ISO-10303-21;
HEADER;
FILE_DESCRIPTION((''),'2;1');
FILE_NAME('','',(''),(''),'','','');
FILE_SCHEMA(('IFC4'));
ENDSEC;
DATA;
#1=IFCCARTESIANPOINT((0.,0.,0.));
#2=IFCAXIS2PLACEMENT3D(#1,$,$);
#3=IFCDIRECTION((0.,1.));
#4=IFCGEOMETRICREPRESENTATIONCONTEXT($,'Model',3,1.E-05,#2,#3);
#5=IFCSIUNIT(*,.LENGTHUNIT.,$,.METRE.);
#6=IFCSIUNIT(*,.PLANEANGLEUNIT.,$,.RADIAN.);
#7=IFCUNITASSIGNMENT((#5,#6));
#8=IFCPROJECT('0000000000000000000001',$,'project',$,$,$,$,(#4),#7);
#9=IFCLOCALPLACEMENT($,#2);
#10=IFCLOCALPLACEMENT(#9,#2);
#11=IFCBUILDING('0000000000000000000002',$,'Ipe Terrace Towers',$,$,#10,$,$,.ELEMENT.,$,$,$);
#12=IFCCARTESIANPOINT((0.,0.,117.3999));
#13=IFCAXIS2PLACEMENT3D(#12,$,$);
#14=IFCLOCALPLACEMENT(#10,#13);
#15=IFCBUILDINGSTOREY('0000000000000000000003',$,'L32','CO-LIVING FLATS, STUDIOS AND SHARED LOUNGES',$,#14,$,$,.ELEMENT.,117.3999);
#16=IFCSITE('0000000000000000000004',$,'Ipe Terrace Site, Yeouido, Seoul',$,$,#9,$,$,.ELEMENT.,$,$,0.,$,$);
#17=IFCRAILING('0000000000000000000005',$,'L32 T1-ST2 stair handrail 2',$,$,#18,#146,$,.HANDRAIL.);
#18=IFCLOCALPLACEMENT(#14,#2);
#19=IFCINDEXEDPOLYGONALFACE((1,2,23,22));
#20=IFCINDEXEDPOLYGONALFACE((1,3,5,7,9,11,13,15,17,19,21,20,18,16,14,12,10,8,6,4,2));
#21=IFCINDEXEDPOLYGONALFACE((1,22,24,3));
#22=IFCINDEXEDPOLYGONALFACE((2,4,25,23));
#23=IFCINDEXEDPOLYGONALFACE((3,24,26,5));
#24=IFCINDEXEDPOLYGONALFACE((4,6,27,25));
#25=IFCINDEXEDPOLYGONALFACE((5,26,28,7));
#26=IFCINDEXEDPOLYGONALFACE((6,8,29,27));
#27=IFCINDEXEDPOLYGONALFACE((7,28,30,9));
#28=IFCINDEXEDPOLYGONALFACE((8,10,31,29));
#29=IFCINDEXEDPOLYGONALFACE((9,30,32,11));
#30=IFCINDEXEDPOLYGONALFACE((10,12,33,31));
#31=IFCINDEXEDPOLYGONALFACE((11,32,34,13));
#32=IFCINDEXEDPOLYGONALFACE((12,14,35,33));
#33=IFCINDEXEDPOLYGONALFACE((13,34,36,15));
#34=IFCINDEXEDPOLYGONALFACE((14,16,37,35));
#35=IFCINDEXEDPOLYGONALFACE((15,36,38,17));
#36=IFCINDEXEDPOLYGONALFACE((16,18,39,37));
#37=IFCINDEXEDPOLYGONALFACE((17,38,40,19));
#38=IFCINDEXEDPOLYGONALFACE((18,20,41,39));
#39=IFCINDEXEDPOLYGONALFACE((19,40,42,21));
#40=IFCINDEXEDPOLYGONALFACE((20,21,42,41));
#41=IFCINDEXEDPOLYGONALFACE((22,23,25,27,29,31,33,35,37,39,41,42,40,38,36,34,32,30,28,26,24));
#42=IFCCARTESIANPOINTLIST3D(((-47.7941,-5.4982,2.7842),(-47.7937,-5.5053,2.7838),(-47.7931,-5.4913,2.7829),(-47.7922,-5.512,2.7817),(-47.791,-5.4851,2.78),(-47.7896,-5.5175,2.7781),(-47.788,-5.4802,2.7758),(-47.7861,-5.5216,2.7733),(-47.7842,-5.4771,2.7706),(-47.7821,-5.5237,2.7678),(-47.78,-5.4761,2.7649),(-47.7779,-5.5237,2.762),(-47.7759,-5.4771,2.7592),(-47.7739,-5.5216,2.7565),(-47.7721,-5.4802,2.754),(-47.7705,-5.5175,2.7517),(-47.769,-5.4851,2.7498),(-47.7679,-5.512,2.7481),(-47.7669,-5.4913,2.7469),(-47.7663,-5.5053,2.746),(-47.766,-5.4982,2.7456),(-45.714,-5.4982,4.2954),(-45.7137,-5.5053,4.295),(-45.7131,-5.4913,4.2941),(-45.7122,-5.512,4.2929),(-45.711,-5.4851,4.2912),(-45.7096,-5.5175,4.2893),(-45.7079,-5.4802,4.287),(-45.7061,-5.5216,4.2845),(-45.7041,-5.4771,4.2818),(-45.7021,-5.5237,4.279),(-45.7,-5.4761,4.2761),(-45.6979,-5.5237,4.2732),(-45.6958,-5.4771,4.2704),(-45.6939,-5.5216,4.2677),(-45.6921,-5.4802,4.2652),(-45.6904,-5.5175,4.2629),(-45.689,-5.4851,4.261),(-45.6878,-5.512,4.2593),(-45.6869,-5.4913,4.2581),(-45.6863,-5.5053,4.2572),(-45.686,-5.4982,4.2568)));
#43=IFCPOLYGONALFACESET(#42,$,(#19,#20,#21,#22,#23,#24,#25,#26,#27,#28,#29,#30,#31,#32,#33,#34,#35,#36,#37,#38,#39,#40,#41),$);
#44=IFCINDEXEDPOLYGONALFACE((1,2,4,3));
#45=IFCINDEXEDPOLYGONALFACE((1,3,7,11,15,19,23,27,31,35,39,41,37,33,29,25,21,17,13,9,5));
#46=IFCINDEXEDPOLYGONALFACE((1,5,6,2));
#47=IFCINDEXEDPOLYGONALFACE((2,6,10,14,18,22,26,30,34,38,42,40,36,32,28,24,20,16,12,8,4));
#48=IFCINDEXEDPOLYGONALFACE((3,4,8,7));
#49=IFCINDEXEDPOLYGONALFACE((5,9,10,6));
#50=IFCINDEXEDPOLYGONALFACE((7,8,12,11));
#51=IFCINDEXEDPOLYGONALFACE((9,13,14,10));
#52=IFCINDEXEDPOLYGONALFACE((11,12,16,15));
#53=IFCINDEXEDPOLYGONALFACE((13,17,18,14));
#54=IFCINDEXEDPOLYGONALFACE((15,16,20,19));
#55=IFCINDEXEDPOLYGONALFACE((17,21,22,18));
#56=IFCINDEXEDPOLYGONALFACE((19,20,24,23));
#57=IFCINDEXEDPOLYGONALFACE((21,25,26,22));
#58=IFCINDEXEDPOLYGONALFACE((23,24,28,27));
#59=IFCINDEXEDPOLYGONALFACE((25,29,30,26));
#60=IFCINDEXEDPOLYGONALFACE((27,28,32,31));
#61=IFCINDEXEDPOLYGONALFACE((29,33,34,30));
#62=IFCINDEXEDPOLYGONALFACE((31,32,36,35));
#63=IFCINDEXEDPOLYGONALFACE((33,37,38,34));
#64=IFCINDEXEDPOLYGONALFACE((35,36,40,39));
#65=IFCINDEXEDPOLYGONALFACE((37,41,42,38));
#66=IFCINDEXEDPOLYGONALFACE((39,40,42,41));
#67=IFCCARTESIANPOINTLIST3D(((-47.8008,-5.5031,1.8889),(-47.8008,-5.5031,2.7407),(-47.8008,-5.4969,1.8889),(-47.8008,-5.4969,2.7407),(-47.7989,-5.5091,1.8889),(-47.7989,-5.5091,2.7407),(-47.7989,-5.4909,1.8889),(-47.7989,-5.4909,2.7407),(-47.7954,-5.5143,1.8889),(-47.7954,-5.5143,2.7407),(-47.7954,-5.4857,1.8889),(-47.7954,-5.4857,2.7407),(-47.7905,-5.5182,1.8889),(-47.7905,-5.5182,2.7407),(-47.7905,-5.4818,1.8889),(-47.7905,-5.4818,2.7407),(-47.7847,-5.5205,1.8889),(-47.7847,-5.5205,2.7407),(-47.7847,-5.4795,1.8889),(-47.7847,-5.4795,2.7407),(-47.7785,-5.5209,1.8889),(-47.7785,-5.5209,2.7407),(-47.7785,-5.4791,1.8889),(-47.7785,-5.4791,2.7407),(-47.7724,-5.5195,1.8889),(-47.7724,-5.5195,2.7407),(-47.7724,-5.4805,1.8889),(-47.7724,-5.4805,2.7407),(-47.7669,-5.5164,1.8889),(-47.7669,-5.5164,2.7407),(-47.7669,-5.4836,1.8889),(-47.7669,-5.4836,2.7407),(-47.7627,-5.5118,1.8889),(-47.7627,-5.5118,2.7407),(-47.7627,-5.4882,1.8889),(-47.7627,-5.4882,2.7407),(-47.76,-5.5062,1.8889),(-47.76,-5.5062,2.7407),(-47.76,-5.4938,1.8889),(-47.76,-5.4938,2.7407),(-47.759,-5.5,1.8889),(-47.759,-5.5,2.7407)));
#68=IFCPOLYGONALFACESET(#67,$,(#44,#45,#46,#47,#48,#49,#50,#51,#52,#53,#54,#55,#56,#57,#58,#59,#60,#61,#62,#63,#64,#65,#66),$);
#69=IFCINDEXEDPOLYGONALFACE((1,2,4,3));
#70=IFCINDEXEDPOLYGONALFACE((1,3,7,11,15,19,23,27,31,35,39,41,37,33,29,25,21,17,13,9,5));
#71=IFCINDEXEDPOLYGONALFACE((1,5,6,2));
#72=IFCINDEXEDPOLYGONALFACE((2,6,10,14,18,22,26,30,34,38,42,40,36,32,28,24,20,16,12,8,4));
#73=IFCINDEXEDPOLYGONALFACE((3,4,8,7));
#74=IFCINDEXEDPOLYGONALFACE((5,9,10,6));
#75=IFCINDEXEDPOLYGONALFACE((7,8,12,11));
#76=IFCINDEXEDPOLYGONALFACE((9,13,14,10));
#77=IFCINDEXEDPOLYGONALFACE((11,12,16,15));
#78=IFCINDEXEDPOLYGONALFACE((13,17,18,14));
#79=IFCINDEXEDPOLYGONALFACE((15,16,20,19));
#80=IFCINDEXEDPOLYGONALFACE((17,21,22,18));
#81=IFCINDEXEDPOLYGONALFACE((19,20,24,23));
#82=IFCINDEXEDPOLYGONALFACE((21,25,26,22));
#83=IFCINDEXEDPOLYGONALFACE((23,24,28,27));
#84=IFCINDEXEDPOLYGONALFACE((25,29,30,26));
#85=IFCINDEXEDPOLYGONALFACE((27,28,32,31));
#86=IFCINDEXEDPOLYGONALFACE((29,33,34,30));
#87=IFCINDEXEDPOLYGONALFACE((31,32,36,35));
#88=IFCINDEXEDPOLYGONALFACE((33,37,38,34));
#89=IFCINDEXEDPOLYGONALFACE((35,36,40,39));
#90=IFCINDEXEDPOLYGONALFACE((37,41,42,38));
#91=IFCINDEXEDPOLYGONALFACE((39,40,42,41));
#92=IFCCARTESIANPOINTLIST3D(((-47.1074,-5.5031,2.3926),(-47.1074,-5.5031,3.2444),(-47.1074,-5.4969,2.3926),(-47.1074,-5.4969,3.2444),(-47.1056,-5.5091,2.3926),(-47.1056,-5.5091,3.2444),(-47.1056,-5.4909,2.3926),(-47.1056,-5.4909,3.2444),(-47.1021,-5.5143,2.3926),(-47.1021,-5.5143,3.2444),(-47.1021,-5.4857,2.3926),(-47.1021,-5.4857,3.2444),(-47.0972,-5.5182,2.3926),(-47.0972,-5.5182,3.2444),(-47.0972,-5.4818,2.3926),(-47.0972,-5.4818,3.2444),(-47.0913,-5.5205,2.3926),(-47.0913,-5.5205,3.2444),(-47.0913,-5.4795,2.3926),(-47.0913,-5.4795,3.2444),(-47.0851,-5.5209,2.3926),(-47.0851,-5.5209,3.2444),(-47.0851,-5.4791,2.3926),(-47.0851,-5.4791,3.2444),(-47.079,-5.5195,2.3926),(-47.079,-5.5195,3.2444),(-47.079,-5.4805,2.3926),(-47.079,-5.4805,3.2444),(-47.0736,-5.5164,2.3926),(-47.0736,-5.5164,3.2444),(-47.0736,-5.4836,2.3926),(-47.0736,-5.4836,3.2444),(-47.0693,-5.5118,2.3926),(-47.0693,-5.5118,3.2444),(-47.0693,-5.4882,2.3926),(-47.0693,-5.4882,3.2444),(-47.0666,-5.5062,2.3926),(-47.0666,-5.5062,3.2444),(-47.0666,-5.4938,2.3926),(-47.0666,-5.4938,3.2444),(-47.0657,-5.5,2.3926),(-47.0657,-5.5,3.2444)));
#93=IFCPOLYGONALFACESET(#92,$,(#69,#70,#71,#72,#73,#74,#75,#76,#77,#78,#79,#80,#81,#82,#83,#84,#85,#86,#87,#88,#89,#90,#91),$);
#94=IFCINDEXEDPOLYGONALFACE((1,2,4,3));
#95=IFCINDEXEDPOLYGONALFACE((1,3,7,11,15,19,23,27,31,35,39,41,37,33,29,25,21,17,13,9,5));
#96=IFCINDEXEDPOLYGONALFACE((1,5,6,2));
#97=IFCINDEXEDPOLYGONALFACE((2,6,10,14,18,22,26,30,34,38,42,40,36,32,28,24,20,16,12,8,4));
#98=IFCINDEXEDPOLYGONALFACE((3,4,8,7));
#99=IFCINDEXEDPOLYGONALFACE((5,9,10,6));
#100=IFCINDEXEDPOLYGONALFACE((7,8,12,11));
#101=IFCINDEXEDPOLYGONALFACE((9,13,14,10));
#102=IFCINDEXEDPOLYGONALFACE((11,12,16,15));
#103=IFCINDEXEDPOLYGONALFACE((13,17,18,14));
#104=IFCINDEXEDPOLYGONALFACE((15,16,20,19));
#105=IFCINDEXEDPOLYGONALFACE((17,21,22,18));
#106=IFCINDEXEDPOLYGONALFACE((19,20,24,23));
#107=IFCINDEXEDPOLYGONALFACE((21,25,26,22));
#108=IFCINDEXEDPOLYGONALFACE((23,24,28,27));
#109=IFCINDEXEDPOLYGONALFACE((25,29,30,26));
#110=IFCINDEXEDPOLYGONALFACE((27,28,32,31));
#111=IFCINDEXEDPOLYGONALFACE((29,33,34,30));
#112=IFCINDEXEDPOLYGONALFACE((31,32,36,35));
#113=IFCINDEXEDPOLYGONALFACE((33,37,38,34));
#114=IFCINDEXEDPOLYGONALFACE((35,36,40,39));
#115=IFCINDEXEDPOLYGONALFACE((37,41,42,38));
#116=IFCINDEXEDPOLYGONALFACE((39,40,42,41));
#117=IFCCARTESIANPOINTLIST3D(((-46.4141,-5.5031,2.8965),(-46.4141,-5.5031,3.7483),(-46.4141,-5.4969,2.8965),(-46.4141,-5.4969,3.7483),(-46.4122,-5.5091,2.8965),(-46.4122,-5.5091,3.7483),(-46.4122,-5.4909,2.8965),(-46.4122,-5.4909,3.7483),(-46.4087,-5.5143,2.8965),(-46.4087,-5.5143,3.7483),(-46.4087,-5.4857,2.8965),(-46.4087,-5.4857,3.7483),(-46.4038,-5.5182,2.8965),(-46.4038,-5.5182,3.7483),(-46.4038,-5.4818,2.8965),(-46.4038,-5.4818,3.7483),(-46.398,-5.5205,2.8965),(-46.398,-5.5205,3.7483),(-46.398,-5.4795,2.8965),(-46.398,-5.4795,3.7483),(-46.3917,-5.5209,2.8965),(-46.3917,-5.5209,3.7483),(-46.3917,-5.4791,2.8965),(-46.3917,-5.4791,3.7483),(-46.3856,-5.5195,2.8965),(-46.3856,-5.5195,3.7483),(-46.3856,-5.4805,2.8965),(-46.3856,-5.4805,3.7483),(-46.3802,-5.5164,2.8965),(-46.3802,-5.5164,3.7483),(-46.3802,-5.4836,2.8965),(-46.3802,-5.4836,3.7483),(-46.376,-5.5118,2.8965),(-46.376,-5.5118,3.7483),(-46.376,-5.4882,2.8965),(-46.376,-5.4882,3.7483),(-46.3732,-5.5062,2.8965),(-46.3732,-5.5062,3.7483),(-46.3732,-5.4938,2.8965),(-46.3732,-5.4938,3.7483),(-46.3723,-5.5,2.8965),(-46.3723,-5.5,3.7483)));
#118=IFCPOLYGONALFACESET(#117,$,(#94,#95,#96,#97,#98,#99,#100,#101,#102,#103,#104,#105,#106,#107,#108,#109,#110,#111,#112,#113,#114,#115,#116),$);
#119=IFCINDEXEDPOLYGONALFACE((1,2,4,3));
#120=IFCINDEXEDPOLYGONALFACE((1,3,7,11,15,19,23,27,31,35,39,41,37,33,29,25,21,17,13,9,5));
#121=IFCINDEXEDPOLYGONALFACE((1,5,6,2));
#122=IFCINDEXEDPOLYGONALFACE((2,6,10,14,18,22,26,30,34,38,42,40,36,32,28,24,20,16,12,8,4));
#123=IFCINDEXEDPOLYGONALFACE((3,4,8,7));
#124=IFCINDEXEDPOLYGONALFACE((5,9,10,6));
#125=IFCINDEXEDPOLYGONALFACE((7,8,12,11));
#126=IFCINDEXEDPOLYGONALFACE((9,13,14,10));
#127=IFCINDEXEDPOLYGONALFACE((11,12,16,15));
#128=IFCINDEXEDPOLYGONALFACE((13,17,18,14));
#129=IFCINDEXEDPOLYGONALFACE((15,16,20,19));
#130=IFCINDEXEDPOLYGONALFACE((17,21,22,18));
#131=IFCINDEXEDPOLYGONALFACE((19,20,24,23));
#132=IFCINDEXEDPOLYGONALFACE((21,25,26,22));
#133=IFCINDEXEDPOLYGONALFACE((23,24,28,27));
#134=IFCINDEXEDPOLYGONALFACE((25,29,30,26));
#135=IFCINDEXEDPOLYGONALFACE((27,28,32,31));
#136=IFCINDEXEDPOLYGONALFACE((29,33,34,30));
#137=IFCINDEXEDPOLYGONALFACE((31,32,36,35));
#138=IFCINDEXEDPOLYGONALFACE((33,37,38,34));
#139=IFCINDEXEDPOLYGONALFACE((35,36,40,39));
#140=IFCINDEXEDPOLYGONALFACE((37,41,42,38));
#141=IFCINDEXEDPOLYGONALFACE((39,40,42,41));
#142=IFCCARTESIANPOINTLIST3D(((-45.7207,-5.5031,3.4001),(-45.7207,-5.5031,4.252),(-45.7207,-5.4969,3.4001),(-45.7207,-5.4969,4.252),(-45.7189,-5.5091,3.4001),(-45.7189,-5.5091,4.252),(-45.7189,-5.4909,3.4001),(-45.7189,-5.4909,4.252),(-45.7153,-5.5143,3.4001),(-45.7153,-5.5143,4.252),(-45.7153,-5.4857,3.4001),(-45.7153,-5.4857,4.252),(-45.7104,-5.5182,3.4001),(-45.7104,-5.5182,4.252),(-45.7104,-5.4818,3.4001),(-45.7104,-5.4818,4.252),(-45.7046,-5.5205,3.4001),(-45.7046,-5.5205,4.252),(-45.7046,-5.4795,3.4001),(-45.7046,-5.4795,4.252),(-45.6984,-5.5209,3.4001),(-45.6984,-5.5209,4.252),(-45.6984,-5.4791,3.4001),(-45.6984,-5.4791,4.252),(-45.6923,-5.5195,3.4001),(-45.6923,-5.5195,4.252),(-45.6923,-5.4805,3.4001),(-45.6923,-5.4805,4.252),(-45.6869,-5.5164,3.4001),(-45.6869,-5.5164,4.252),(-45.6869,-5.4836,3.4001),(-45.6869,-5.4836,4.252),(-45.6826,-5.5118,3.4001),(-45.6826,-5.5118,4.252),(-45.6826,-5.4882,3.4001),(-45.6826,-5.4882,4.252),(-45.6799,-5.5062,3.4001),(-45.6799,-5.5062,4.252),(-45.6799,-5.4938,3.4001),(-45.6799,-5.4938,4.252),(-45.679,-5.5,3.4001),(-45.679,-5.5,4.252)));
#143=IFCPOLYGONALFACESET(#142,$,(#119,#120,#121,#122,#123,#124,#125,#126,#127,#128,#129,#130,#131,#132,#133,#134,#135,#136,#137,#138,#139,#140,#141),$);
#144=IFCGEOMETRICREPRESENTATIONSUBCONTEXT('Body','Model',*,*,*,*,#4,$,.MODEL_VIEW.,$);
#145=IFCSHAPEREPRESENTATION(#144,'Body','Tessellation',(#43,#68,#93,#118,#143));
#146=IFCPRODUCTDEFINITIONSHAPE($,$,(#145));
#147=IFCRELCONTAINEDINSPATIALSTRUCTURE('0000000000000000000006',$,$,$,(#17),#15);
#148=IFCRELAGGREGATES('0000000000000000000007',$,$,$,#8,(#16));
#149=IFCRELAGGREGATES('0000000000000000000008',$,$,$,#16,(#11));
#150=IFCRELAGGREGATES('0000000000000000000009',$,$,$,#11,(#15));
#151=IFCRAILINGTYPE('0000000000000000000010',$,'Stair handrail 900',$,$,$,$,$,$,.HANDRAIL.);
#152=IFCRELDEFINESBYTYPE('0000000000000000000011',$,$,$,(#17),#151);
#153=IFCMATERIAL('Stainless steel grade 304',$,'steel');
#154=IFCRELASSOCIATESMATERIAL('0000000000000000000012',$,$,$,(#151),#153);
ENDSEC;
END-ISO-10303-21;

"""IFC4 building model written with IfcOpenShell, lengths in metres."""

from ifc_helpers import new_model, si_unit, direction, frame, origin, origin_2d, place, context, subcontext, project, spatial, circle, extrude, material, type_object, element, save


model = new_model("IFC4")

# Units and contexts
model_context = context("Model", 3, precision=1e-05, world=origin(), true_north=direction((0.0, 1.0)))
body_context = subcontext(model_context, "Body", "Model", "MODEL_VIEW")
ifc_project = project(units=[si_unit("LENGTHUNIT", "METRE"), si_unit("PLANEANGLEUNIT", "RADIAN")], contexts=[model_context])

# Site, building, storey
site_placement = place(None, origin())
site = spatial("IfcSite", under=ifc_project, at=site_placement, Name="Ipe Terrace Site, Yeouido, Seoul", CompositionType="ELEMENT", RefElevation=0.0)
building_placement = place(site_placement, origin())
building = spatial("IfcBuilding", under=site, at=building_placement, Name="Ipe Terrace Towers", CompositionType="ELEMENT")
storey_placement = place(building_placement, frame((0.0, 0.0, 117.3999)))
storey = spatial("IfcBuildingStorey", under=building, at=storey_placement, Name="L32", Description="CO-LIVING FLATS, STUDIOS AND SHARED LOUNGES", CompositionType="ELEMENT", Elevation=117.3999)

# Railing
ifc_material_1 = material(Name="Stainless steel grade 304", Category="steel")
railing_type_1 = type_object("IfcRailingType", Name="Stair handrail 900", PredefinedType="HANDRAIL", material=ifc_material_1)
railing_1_placement = place(storey_placement, frame((-47.78, -5.5, 1.8889)))
element("IfcRailing", 1, at=railing_1_placement, inside=storey, type_object=railing_type_1, Name="L32 T1-ST2 stair handrail 2", PredefinedType="HANDRAIL", context=body_context, shape_type="SweptSolid", body=[
    extrude(circle(Radius=0.0239, at=origin_2d()), frame((0.0, 0.0, 0.876), z_axis=(0.809023, 0.0, 0.587776), x_axis=(0.0, 1.0, 0.0)), (0.0, 0.0, 1.0), 2.571),
    extrude(circle(Radius=0.021, at=origin_2d()), origin(), (0.0, 0.0, 1.0), 0.8518),
    extrude(circle(Radius=0.021, at=origin_2d()), frame((0.6934, 0.0, 0.5037)), (0.0, 0.0, 1.0), 0.8518),
    extrude(circle(Radius=0.021, at=origin_2d()), frame((1.3867, 0.0, 1.0076)), (0.0, 0.0, 1.0), 0.8518),
    extrude(circle(Radius=0.021, at=origin_2d()), frame((2.0801, 0.0, 1.5112)), (0.0, 0.0, 1.0), 0.8518),
])

save(model, "model.ifc")
